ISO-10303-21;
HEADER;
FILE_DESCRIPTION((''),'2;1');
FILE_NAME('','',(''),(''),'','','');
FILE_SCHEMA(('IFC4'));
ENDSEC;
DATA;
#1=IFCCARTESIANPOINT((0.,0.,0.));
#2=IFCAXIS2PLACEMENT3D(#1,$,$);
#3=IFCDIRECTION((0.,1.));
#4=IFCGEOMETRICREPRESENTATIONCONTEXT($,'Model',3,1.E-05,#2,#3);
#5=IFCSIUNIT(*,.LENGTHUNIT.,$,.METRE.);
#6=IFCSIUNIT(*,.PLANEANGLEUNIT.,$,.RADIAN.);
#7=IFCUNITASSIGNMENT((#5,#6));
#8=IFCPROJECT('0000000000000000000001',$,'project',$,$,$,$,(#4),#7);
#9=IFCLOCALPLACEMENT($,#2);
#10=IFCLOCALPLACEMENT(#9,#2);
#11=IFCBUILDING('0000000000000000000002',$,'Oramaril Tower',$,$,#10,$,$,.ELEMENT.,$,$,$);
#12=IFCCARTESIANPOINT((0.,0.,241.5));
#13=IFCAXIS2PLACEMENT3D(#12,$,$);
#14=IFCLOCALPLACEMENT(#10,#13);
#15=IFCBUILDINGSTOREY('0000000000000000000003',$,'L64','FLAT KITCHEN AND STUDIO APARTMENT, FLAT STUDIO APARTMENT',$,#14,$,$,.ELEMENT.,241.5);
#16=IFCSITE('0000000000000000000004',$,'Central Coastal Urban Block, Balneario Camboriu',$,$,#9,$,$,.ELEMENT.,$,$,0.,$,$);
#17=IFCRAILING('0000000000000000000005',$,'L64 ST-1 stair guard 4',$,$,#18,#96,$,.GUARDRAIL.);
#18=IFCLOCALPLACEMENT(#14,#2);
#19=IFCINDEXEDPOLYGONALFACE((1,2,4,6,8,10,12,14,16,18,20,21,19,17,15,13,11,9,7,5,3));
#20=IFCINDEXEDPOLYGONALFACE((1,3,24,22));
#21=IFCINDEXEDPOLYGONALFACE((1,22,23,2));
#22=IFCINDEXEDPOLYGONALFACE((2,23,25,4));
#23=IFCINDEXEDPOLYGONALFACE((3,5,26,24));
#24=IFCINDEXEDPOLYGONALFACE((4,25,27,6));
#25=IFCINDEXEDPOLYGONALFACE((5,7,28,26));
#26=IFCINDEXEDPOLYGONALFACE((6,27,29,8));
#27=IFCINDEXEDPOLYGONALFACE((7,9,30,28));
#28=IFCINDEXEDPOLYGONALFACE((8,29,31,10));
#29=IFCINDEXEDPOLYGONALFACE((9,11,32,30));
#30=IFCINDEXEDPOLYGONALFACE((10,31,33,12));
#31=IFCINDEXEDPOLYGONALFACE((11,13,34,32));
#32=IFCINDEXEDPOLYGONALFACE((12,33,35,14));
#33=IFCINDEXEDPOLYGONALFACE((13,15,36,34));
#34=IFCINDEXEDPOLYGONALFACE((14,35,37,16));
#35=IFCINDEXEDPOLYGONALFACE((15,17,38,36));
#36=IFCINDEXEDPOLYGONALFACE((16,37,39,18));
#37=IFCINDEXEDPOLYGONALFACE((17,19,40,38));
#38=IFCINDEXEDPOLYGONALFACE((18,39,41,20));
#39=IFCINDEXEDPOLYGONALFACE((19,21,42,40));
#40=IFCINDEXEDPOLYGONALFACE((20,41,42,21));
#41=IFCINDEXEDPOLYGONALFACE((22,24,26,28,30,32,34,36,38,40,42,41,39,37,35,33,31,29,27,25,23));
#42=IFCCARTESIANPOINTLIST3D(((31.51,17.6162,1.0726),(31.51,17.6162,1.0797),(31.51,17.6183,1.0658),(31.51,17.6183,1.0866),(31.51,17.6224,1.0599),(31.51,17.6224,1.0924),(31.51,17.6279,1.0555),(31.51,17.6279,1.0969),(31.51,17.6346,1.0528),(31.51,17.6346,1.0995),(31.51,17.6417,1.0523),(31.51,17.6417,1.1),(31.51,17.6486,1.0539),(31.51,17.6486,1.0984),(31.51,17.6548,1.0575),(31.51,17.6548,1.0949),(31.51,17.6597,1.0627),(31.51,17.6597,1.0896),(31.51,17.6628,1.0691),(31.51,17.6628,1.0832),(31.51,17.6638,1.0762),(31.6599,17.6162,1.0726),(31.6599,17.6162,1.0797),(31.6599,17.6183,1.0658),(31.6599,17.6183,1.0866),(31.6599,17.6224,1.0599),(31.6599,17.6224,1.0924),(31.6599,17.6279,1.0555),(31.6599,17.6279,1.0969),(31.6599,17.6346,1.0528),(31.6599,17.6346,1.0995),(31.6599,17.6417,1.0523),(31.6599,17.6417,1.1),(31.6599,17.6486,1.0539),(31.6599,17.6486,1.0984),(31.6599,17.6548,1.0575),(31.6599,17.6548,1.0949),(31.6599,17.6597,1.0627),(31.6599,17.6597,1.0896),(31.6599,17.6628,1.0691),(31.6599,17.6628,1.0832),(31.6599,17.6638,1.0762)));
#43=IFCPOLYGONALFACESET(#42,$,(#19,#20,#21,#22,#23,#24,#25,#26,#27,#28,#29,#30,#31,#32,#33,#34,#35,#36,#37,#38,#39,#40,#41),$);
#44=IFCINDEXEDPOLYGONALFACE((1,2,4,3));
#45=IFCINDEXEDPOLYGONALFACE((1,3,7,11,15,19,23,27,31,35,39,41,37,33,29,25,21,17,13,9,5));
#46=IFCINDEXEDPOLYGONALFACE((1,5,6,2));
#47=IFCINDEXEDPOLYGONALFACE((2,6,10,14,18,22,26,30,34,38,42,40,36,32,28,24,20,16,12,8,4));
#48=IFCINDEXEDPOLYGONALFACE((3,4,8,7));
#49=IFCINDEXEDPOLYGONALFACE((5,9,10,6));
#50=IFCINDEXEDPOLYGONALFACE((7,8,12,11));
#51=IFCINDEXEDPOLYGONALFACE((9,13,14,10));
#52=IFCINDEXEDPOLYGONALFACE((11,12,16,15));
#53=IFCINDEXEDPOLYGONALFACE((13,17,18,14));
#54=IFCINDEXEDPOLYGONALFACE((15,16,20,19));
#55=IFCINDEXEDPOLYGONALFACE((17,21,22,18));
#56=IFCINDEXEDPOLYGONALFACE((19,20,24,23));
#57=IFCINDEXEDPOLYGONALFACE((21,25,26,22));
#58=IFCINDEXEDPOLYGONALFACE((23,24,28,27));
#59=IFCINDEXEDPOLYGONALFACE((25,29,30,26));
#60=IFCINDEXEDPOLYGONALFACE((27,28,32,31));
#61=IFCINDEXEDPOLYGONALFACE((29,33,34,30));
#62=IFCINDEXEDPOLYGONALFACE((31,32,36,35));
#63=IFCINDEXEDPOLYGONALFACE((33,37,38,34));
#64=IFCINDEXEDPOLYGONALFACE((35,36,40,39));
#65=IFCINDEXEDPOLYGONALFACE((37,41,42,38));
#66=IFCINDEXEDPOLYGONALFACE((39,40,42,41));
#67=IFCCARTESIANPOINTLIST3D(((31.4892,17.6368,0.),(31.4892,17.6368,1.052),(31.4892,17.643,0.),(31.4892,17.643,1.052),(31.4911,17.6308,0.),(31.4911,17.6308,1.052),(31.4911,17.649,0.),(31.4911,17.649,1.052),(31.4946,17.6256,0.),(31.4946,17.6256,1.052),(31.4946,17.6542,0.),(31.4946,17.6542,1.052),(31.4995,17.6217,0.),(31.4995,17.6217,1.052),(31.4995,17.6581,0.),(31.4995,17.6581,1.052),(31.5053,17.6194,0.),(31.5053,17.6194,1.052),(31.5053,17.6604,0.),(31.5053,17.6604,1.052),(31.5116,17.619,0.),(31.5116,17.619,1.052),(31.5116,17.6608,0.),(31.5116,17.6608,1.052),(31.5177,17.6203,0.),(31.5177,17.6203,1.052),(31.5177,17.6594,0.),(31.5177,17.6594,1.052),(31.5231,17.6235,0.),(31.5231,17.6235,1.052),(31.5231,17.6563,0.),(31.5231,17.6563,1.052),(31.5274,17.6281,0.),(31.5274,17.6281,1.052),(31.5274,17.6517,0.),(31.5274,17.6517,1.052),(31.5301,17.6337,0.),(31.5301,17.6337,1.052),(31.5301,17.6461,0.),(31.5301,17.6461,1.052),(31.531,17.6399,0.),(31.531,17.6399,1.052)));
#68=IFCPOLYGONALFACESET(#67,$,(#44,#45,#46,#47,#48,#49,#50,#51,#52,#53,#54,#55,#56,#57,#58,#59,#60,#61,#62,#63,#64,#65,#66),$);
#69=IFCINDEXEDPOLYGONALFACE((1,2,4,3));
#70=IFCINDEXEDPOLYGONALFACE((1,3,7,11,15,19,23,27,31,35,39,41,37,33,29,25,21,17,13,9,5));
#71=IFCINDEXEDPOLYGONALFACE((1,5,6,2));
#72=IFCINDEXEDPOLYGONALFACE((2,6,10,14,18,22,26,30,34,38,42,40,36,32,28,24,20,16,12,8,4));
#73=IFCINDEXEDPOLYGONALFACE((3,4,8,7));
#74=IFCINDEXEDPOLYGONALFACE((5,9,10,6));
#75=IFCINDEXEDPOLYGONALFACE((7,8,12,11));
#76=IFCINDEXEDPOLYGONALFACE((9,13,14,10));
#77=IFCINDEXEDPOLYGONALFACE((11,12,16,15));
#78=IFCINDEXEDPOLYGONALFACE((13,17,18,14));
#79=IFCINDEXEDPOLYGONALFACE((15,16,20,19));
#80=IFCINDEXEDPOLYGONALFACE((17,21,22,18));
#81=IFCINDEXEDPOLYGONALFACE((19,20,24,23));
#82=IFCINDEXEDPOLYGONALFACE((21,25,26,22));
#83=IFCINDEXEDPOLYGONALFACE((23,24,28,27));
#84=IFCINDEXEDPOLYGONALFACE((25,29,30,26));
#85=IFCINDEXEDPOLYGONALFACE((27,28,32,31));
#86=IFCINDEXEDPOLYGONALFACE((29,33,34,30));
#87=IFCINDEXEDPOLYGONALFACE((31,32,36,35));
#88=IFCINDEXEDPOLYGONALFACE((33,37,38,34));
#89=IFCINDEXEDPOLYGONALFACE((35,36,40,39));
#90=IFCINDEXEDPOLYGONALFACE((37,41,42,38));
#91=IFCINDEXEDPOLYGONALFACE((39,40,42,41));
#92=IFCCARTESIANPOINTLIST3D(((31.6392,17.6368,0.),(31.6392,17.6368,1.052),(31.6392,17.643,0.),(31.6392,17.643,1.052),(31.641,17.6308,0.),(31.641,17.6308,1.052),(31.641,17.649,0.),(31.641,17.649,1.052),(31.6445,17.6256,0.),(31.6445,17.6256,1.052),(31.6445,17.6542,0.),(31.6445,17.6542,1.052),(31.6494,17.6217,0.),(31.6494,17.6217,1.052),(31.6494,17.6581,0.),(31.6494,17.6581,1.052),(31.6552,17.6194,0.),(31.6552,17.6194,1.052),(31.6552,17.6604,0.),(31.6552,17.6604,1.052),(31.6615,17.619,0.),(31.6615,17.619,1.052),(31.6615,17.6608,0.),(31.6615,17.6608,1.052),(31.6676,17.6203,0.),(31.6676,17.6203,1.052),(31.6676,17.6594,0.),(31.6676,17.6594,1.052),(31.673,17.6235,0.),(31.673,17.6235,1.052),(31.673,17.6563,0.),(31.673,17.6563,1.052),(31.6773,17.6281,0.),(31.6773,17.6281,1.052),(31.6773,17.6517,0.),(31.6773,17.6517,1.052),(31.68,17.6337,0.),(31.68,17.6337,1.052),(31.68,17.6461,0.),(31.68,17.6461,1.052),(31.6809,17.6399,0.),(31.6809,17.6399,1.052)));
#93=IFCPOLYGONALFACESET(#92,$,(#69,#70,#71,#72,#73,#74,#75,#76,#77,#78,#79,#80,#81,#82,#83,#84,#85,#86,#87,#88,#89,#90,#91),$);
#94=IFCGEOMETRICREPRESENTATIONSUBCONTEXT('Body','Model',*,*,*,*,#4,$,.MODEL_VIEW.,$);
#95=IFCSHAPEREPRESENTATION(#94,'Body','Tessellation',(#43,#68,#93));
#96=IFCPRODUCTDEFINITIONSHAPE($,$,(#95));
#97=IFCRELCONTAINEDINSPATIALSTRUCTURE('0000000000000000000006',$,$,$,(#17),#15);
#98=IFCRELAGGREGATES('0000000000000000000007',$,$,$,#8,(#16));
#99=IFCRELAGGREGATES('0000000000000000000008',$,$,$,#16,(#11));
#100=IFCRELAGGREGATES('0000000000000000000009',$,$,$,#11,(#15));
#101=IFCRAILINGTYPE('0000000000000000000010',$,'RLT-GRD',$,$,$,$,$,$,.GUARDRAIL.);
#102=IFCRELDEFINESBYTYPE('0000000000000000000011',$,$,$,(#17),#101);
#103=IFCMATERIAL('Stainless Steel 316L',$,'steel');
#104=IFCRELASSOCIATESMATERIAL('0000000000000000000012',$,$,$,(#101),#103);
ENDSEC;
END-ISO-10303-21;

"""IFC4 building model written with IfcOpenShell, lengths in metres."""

from ifc_helpers import new_model, si_unit, direction, frame, origin, origin_2d, place, context, subcontext, project, spatial, circle, extrude, material, type_object, element, save


model = new_model("IFC4")

# Units and contexts
model_context = context("Model", 3, precision=1e-05, world=origin(), true_north=direction((0.0, 1.0)))
body_context = subcontext(model_context, "Body", "Model", "MODEL_VIEW")
ifc_project = project(units=[si_unit("LENGTHUNIT", "METRE"), si_unit("PLANEANGLEUNIT", "RADIAN")], contexts=[model_context])

# Site, building, storey
site_placement = place(None, origin())
site = spatial("IfcSite", under=ifc_project, at=site_placement, Name="Central Coastal Urban Block, Balneario Camboriu", CompositionType="ELEMENT", RefElevation=0.0)
building_placement = place(site_placement, origin())
building = spatial("IfcBuilding", under=site, at=building_placement, Name="Oramaril Tower", CompositionType="ELEMENT")
storey_placement = place(building_placement, frame((0.0, 0.0, 241.5)))
storey = spatial("IfcBuildingStorey", under=building, at=storey_placement, Name="L64", Description="FLAT KITCHEN AND STUDIO APARTMENT, FLAT STUDIO APARTMENT", CompositionType="ELEMENT", Elevation=241.5)

# Railing
ifc_material_1 = material(Name="Stainless Steel 316L", Category="steel")
railing_type_1 = type_object("IfcRailingType", Name="RLT-GRD", PredefinedType="GUARDRAIL", material=ifc_material_1)
railing_1_placement = place(storey_placement, frame((31.51, 17.6399, 0.0)))
element("IfcRailing", 1, at=railing_1_placement, inside=storey, type_object=railing_type_1, Name="L64 ST-1 stair guard 4", PredefinedType="GUARDRAIL", context=body_context, shape_type="SweptSolid", body=[
    extrude(circle(Radius=0.0239, at=origin_2d()), frame((0.0, 0.0, 1.0762), z_axis=(1.0, 0.0, 0.0), x_axis=(0.0, 1.0, 0.0)), (0.0, 0.0, 1.0), 0.1499),
    extrude(circle(Radius=0.021, at=origin_2d()), origin(), (0.0, 0.0, 1.0), 1.052),
    extrude(circle(Radius=0.021, at=origin_2d()), frame((0.1499, 0.0, 0.0)), (0.0, 0.0, 1.0), 1.052),
])

save(model, "model.ifc")
